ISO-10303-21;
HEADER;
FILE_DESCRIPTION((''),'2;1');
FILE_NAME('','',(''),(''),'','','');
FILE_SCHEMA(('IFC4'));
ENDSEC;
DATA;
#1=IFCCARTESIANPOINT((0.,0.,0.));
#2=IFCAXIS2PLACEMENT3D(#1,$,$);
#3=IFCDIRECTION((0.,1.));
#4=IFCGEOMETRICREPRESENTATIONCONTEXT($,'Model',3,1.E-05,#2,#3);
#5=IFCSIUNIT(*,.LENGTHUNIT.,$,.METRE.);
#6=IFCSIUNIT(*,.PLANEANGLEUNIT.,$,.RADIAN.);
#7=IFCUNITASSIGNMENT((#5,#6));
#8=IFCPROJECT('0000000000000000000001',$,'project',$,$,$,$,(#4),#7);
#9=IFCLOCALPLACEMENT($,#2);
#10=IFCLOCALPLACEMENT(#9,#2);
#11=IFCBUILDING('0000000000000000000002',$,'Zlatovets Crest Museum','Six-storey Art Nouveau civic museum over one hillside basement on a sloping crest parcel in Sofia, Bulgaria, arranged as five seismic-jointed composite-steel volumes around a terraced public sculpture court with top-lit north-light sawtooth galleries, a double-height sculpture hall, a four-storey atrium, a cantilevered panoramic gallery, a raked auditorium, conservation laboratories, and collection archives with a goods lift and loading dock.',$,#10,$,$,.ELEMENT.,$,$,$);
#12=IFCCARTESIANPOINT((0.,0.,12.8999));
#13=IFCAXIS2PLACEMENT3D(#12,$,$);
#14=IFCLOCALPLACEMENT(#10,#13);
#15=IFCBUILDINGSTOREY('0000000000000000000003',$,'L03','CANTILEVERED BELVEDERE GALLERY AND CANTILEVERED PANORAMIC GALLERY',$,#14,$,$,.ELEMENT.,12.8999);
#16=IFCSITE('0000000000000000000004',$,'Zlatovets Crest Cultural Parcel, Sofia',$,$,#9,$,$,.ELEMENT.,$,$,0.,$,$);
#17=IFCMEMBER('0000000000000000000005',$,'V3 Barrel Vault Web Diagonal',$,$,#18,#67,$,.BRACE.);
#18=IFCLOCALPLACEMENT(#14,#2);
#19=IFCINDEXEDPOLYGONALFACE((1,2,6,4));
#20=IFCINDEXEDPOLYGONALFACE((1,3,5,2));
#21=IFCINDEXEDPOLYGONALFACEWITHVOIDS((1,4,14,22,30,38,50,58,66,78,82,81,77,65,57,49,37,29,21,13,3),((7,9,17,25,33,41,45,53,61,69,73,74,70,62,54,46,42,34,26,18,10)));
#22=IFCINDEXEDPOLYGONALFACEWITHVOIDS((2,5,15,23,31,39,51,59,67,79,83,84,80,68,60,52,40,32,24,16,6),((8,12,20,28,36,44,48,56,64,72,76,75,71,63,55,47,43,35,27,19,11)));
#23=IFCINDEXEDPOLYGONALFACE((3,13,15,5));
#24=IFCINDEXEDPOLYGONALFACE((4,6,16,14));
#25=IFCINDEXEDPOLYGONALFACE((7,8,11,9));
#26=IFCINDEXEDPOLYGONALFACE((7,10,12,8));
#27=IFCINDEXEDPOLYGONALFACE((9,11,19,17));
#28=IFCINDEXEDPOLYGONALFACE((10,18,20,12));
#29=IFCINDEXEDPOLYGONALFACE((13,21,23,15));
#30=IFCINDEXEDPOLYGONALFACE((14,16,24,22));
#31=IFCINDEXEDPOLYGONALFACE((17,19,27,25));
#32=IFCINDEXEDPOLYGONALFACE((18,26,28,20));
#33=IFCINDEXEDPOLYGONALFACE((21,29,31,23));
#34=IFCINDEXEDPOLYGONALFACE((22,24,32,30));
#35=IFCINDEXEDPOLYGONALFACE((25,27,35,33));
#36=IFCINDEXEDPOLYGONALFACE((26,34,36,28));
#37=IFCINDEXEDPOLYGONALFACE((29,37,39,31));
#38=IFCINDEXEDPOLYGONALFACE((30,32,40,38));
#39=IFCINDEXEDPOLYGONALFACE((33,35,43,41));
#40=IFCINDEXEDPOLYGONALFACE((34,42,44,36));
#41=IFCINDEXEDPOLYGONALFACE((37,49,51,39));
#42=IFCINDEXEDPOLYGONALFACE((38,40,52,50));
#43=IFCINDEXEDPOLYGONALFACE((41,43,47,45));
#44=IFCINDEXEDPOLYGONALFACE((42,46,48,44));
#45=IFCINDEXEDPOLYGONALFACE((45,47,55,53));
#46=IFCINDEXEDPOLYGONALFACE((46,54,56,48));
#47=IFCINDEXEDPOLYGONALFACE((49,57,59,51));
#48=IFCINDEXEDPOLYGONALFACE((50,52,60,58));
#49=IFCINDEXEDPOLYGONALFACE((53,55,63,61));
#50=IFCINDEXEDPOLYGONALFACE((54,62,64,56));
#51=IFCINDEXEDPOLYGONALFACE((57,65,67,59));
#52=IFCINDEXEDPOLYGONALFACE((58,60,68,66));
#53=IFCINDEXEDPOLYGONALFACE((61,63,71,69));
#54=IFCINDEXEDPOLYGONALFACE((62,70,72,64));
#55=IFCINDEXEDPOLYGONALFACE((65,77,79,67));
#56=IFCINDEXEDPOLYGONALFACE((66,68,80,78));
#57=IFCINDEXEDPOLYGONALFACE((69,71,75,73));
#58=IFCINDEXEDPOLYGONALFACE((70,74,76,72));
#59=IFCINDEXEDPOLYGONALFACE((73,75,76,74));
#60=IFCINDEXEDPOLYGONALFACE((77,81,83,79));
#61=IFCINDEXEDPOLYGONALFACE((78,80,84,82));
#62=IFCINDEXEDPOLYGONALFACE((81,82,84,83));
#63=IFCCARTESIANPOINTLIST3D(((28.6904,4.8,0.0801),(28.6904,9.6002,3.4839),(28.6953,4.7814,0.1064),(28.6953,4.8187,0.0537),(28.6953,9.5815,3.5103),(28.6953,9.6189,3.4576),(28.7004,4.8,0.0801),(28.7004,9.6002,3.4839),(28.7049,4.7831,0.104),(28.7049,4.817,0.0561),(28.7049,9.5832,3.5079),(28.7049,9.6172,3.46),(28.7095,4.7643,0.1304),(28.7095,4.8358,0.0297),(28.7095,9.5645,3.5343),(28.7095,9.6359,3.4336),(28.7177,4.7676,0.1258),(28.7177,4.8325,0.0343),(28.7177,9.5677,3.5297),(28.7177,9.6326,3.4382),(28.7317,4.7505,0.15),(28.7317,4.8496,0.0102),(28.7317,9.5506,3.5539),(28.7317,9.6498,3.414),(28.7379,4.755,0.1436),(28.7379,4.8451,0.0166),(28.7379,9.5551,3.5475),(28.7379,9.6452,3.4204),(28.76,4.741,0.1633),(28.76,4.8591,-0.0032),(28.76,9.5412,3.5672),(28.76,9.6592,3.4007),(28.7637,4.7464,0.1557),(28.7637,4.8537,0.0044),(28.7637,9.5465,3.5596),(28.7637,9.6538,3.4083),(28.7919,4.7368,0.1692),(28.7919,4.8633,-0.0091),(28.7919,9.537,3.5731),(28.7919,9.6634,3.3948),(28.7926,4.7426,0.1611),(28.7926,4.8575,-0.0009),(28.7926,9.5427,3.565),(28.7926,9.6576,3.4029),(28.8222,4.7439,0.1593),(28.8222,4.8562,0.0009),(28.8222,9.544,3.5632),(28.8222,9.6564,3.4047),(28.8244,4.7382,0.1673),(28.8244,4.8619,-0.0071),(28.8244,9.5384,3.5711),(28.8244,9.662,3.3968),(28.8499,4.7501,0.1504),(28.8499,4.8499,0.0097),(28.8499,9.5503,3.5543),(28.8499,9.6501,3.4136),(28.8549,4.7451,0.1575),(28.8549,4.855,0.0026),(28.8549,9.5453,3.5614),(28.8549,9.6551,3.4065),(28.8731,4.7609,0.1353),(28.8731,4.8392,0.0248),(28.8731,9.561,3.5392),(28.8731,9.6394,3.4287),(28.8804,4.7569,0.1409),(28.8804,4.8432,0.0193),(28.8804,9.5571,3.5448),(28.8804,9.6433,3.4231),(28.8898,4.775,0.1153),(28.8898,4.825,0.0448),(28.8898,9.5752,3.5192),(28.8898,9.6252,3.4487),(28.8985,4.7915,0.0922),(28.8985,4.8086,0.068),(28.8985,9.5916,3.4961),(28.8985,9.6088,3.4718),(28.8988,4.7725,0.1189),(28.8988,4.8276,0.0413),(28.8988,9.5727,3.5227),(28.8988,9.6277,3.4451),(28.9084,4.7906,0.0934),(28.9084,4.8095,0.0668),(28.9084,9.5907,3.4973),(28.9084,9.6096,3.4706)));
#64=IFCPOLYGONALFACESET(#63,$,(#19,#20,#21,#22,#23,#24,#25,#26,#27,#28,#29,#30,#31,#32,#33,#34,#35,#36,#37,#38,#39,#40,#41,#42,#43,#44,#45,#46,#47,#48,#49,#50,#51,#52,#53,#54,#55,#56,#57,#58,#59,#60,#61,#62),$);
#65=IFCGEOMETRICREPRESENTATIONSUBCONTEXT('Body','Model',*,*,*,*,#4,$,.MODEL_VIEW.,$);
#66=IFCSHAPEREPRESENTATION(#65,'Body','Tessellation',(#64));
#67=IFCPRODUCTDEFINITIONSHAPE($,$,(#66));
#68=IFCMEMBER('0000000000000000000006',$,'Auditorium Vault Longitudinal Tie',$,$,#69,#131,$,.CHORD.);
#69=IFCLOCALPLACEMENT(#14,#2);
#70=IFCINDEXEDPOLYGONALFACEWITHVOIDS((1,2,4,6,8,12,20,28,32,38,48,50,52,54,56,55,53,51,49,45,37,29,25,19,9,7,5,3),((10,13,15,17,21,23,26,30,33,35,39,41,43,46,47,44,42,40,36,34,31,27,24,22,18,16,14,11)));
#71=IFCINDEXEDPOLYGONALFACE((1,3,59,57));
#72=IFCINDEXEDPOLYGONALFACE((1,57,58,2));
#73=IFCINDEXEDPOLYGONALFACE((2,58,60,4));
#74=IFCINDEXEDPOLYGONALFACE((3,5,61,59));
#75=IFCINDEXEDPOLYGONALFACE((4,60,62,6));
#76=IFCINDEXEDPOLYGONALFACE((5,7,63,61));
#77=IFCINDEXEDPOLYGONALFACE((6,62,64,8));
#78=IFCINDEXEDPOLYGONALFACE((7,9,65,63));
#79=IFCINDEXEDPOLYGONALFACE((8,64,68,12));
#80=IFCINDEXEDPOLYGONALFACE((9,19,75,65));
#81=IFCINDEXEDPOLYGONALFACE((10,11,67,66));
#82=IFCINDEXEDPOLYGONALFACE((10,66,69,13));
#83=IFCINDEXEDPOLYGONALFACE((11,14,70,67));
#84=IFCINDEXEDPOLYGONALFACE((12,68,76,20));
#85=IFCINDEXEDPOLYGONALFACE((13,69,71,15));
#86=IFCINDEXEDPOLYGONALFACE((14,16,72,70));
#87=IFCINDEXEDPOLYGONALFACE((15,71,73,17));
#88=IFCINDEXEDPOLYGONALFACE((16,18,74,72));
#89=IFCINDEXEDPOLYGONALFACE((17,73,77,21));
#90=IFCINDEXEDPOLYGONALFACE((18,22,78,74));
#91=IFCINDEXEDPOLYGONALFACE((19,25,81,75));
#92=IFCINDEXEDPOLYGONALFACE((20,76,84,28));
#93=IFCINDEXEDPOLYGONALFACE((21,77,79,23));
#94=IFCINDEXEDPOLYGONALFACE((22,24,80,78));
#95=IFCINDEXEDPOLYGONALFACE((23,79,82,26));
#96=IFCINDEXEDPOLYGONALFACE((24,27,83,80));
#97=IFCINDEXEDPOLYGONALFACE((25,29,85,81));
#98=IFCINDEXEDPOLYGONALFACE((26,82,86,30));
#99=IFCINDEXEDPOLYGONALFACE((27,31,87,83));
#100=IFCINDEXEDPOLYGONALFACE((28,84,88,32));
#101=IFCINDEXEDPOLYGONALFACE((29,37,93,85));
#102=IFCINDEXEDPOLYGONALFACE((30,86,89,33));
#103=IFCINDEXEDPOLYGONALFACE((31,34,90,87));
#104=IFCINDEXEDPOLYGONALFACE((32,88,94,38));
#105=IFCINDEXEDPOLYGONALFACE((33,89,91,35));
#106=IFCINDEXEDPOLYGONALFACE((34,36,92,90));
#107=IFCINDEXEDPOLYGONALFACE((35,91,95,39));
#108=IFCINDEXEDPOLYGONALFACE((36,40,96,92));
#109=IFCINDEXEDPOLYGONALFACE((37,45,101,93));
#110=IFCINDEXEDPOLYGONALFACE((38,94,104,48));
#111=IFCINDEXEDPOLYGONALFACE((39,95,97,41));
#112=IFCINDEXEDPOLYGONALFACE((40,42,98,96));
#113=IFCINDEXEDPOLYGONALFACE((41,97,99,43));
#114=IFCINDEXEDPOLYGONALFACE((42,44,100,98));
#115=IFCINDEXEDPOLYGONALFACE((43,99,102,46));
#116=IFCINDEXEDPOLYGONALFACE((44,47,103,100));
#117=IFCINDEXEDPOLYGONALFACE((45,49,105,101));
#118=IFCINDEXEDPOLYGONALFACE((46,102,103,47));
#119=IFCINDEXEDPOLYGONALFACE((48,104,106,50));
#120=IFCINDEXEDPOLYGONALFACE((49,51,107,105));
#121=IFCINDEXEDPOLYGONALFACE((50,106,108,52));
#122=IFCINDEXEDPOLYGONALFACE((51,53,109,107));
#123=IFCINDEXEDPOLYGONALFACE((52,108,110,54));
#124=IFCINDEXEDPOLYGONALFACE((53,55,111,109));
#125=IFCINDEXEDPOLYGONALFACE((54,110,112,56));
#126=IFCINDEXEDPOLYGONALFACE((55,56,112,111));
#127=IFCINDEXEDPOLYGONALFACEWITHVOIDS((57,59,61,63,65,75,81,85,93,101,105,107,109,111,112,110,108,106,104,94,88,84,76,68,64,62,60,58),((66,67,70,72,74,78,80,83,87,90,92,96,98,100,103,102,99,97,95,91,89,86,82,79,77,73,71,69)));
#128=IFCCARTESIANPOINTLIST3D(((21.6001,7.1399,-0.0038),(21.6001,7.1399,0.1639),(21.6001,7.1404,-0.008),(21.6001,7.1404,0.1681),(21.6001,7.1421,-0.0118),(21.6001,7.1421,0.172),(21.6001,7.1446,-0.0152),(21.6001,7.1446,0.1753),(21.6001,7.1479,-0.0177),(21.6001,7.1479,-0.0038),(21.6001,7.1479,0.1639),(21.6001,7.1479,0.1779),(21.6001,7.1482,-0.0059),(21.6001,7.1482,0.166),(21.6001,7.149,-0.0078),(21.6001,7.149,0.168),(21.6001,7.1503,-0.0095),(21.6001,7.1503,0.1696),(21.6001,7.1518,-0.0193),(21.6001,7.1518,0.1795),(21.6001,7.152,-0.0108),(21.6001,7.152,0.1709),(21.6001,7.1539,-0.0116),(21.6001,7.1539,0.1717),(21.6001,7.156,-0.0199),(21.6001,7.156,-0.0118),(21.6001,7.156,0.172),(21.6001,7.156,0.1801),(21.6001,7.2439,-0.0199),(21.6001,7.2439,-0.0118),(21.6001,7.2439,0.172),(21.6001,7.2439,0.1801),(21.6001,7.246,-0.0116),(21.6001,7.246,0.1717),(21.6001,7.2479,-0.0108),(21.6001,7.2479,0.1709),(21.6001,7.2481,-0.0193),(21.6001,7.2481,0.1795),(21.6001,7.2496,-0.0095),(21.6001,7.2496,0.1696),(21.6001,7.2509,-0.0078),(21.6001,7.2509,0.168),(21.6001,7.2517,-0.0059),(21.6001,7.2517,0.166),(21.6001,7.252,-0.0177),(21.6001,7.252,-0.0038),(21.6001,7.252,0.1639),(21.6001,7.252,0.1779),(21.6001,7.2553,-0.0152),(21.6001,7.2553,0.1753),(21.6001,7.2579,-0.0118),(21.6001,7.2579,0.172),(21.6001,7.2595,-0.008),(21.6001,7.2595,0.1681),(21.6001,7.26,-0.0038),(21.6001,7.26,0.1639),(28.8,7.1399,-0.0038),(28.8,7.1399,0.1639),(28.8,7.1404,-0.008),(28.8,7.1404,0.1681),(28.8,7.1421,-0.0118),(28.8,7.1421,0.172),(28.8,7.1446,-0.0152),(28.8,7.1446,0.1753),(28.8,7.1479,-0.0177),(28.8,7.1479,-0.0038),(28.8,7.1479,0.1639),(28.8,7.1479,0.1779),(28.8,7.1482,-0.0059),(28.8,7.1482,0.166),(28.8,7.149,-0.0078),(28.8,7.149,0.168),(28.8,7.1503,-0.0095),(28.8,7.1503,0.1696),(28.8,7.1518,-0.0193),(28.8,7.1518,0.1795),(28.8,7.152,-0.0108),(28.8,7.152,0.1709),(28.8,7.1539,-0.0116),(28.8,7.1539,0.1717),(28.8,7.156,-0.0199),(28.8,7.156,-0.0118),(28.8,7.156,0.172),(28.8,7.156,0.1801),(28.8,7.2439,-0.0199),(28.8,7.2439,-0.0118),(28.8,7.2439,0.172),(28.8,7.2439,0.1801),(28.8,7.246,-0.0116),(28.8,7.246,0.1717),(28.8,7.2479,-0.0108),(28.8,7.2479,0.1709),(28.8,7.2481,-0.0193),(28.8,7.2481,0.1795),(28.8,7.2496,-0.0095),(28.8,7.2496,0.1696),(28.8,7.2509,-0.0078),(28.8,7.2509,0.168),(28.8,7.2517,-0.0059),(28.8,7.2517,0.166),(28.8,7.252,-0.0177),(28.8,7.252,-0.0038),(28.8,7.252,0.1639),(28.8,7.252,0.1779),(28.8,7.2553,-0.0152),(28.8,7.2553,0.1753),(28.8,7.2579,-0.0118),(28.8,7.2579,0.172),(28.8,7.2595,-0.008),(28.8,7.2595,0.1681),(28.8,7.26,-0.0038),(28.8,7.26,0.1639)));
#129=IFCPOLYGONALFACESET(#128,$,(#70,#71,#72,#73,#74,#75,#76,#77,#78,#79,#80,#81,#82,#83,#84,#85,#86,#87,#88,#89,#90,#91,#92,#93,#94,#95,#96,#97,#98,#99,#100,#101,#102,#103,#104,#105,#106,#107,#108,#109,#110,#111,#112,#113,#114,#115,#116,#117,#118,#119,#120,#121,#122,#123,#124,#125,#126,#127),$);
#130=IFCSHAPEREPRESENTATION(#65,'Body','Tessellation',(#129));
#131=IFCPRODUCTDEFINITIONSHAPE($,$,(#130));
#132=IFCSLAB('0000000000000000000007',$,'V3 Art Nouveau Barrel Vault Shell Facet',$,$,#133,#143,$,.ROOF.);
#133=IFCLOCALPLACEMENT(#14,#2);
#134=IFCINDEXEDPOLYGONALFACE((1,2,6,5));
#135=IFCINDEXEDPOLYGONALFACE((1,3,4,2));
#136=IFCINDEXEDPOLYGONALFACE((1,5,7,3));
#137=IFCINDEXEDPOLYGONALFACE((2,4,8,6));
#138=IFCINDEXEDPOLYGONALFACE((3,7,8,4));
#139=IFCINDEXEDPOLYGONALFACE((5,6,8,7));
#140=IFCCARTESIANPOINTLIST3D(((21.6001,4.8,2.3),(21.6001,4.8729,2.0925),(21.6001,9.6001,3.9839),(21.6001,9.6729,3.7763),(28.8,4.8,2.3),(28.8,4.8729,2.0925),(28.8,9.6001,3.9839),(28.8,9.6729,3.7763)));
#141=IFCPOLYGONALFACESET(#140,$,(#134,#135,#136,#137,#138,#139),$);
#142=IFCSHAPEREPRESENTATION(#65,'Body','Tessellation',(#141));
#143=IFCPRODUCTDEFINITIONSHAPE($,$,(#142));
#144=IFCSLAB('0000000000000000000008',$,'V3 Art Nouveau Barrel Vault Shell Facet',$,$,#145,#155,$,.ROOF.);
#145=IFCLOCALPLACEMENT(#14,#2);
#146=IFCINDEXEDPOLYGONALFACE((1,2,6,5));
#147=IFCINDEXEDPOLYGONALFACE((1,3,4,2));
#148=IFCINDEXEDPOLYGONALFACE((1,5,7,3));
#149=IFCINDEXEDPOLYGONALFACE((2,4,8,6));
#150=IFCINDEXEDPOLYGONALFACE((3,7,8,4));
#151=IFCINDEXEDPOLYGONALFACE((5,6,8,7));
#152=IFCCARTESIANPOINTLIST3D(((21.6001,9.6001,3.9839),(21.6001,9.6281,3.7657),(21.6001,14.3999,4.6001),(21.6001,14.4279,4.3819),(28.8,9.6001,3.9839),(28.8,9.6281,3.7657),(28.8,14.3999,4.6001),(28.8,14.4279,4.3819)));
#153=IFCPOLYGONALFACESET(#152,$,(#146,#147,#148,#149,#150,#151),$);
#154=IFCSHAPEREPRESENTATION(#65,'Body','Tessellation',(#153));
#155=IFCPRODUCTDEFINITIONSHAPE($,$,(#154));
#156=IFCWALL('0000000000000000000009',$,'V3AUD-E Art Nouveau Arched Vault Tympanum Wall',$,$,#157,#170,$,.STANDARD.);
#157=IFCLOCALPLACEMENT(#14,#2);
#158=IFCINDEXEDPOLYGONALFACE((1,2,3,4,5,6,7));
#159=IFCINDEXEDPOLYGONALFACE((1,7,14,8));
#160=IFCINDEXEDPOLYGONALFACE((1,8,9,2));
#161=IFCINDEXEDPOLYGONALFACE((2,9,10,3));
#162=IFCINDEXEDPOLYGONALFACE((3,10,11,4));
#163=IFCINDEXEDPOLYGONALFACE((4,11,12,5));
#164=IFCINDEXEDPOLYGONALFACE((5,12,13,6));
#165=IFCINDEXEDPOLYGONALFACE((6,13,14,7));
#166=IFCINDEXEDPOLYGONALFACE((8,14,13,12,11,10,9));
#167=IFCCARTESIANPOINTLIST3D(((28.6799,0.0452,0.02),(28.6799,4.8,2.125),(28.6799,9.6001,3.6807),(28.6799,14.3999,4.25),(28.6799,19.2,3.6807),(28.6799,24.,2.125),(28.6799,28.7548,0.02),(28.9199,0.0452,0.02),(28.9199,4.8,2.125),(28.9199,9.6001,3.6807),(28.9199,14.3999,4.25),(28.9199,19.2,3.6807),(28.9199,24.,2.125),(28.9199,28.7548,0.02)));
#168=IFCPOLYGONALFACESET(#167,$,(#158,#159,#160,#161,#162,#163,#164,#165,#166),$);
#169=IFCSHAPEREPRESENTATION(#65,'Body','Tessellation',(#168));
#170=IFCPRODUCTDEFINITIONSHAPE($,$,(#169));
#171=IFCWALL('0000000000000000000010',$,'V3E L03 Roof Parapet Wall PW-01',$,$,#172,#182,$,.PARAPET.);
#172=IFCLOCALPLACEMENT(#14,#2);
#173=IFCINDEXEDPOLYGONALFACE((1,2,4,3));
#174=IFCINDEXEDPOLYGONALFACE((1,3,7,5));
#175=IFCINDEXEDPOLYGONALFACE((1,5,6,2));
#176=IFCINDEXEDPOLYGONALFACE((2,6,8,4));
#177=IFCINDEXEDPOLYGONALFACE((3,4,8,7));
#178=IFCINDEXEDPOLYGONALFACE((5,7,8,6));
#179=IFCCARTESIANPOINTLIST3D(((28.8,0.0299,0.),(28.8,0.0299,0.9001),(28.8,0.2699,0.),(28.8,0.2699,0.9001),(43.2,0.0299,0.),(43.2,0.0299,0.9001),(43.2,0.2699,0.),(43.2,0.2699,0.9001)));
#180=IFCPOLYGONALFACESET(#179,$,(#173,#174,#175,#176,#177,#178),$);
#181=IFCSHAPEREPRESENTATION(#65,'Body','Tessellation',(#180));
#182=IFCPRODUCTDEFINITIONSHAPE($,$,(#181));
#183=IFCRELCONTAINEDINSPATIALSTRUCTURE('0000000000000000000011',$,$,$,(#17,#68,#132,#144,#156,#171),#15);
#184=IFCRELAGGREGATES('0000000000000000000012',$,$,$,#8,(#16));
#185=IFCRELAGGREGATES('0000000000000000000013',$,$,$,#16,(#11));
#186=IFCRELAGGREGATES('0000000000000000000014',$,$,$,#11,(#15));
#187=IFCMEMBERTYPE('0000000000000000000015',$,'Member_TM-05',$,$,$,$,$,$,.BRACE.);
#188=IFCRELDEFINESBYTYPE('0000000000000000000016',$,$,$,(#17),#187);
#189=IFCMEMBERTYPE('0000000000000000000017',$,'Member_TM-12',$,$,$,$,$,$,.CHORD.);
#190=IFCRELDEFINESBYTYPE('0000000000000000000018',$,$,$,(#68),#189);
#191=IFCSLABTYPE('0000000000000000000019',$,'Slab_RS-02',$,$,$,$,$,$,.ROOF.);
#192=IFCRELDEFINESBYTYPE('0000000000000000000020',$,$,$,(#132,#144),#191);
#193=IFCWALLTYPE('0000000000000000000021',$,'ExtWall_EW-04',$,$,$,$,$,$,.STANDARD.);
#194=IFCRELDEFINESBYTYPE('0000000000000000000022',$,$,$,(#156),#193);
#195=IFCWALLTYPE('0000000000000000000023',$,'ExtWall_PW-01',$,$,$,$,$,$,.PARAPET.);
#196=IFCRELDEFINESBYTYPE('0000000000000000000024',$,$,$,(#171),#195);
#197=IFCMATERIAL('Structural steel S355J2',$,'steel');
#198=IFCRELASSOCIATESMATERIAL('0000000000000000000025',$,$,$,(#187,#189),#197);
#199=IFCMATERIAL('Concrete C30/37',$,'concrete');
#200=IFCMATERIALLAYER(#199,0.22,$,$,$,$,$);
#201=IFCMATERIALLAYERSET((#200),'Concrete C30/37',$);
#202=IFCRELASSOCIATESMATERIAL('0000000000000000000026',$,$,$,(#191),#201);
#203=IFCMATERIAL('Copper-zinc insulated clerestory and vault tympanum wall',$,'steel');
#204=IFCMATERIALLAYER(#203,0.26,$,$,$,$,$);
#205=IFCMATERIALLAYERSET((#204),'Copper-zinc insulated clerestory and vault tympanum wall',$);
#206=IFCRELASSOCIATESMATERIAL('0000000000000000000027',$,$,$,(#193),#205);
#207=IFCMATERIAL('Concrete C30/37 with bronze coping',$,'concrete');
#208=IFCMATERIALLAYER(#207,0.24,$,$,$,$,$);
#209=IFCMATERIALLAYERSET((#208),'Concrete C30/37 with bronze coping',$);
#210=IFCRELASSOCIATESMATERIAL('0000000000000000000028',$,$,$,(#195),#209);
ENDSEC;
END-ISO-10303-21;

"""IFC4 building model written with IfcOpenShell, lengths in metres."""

from ifc_helpers import new_model, si_unit, direction, frame, frame_2d, origin, origin_2d, place, context, subcontext, project, spatial, polyline, rectangle, hollow_rectangle, hollow_circle, outline, extrude, material, layer, layer_set, material_profile, profile_set, type_object, element, save


model = new_model("IFC4")

# Units and contexts
model_context = context("Model", 3, precision=1e-05, world=origin(), true_north=direction((0.0, 1.0)))
body_context = subcontext(model_context, "Body", "Model", "MODEL_VIEW")
ifc_project = project(units=[si_unit("LENGTHUNIT", "METRE"), si_unit("PLANEANGLEUNIT", "RADIAN")], contexts=[model_context])

# Site, building, storey
site_placement = place(None, origin())
site = spatial("IfcSite", under=ifc_project, at=site_placement, Name="Zlatovets Crest Cultural Parcel, Sofia", CompositionType="ELEMENT", RefElevation=0.0)
building_placement = place(site_placement, origin())
building = spatial("IfcBuilding", under=site, at=building_placement, Name="Zlatovets Crest Museum", Description="Six-storey Art Nouveau civic museum over one hillside basement on a sloping crest parcel in Sofia, Bulgaria, arranged as five seismic-jointed composite-steel volumes around a terraced public sculpture court with top-lit north-light sawtooth galleries, a double-height sculpture hall, a four-storey atrium, a cantilevered panoramic gallery, a raked auditorium, conservation laboratories, and collection archives with a goods lift and loading dock.", CompositionType="ELEMENT")
storey_placement = place(building_placement, frame((0.0, 0.0, 12.8999)))
storey = spatial("IfcBuildingStorey", under=building, at=storey_placement, Name="L03", Description="CANTILEVERED BELVEDERE GALLERY AND CANTILEVERED PANORAMIC GALLERY", CompositionType="ELEMENT", Elevation=12.8999)

# Shared definitions
ifc_material_1 = material(Name="Structural steel S355J2", Category="steel")

# Members
ifc_material_profile_1 = material_profile(ifc_material_1, hollow_circle(Radius=0.1096, WallThickness=0.01, at=origin_2d()), Name="CHS 219.1x10.0")
ifc_profile_set_1 = profile_set([ifc_material_profile_1], Name="Structural steel S355J2")
member_type_1 = type_object("IfcMemberType", Name="Member_TM-05", PredefinedType="BRACE", material=ifc_profile_set_1)
member_1_placement = place(storey_placement, frame((28.8, 4.8, 0.0801), z_axis=(0.0, 0.815722, 0.578444), x_axis=(-1.0, 0.0, 0.0)))
element("IfcMember", 1, at=member_1_placement, inside=storey, type_object=member_type_1, Name="V3 Barrel Vault Web Diagonal", PredefinedType="BRACE", context=body_context, shape_type="SweptSolid", body=[
    extrude(hollow_circle(Radius=0.1096, WallThickness=0.01, at=origin_2d()), origin(), (0.0, 0.0, 1.0), 5.8845),
])
ifc_material_profile_2 = material_profile(ifc_material_1, hollow_rectangle(XDim=0.1201, YDim=0.2, WallThickness=0.0081, InnerFilletRadius=0.0081, OuterFilletRadius=0.0161, at=origin_2d()), Name="RHS 120x200x8.0")
ifc_profile_set_2 = profile_set([ifc_material_profile_2], Name="Structural steel S355J2")
member_type_2 = type_object("IfcMemberType", Name="Member_TM-12", PredefinedType="CHORD", material=ifc_profile_set_2)
member_2_placement = place(storey_placement, frame((21.6001, 7.2, 0.0801), z_axis=(1.0, 0.0, 0.0), x_axis=(0.0, 1.0, 0.0)))
element("IfcMember", 2, at=member_2_placement, inside=storey, type_object=member_type_2, Name="Auditorium Vault Longitudinal Tie", PredefinedType="CHORD", context=body_context, shape_type="SweptSolid", body=[
    extrude(hollow_rectangle(XDim=0.1201, YDim=0.2, WallThickness=0.0081, InnerFilletRadius=0.0081, OuterFilletRadius=0.0161, at=origin_2d()), origin(), (0.0, 0.0, 1.0), 7.2),
])

# Slabs
ifc_material_2 = material(Name="Concrete C30/37", Category="concrete")
ifc_layer_1 = layer(ifc_material_2, 0.22)
ifc_layer_set_1 = layer_set([ifc_layer_1], Name="Concrete C30/37")
slab_type = type_object("IfcSlabType", Name="Slab_RS-02", PredefinedType="ROOF", material=ifc_layer_set_1)
slab_1_placement = place(storey_placement, frame((21.6001, 4.8, 2.3), z_axis=(0.0, -0.331019, 0.943624), x_axis=(1.0, 0.0, 0.0)))
element("IfcSlab", 3, at=slab_1_placement, inside=storey, type_object=slab_type, Name="V3 Art Nouveau Barrel Vault Shell Facet", PredefinedType="ROOF", context=body_context, shape_type="SweptSolid", body=[
    extrude(outline(polyline([(0.0, 0.0), (7.2, 0.0), (7.2, 5.0868), (0.0, 5.0868), (0.0, 0.0)])), origin(), (0.0, 0.0, -1.0), 0.22),
])
slab_2_placement = place(storey_placement, frame((21.6001, 9.6001, 3.9839), z_axis=(0.0, -0.127337, 0.991859), x_axis=(1.0, 0.0, 0.0)))
element("IfcSlab", 4, at=slab_2_placement, inside=storey, type_object=slab_type, Name="V3 Art Nouveau Barrel Vault Shell Facet", PredefinedType="ROOF", context=body_context, shape_type="SweptSolid", body=[
    extrude(outline(polyline([(0.0, 0.0), (7.2, 0.0), (7.2, 4.8392), (0.0, 4.8392), (0.0, 0.0)])), origin(), (0.0, 0.0, -1.0), 0.22),
])

# Walls
ifc_material_3 = material(Name="Copper-zinc insulated clerestory and vault tympanum wall", Category="steel")
ifc_layer_2 = layer(ifc_material_3, 0.26)
ifc_layer_set_2 = layer_set([ifc_layer_2], Name="Copper-zinc insulated clerestory and vault tympanum wall")
wall_type_1 = type_object("IfcWallType", Name="ExtWall_EW-04", PredefinedType="STANDARD", material=ifc_layer_set_2)
wall_1_placement = place(storey_placement, frame((28.8, 0.0, 0.02), z_axis=(0.0, 0.0, 1.0), x_axis=(0.0, 1.0, 0.0)))
element("IfcWall", 5, at=wall_1_placement, inside=storey, type_object=wall_type_1, Name="V3AUD-E Art Nouveau Arched Vault Tympanum Wall", PredefinedType="STANDARD", context=body_context, shape_type="SweptSolid", body=[
    extrude(outline(polyline([(0.0, 0.0), (28.8, 0.0), (28.8, -0.02), (24.0, 2.105), (19.2, 3.6606), (14.3999, 4.23), (9.6001, 3.6606), (4.8, 2.105), (0.0, -0.02), (0.0, 0.0)])), frame((0.0, 0.1201, 0.0), z_axis=(0.0, -1.0, 0.0), x_axis=(1.0, 0.0, 0.0)), (0.0, 0.0, 1.0), 0.24),
])
ifc_material_4 = material(Name="Concrete C30/37 with bronze coping", Category="concrete")
ifc_layer_3 = layer(ifc_material_4, 0.24)
ifc_layer_set_3 = layer_set([ifc_layer_3], Name="Concrete C30/37 with bronze coping")
wall_type_2 = type_object("IfcWallType", Name="ExtWall_PW-01", PredefinedType="PARAPET", material=ifc_layer_set_3)
wall_2_placement = place(storey_placement, frame((28.8, 0.1499, 0.0), z_axis=(0.0, 0.0, 1.0), x_axis=(1.0, 0.0, 0.0)))
element("IfcWall", 6, at=wall_2_placement, inside=storey, type_object=wall_type_2, Name="V3E L03 Roof Parapet Wall PW-01", PredefinedType="PARAPET", context=body_context, shape_type="SweptSolid", body=[
    extrude(rectangle(XDim=14.3999, YDim=0.24, at=frame_2d((7.2, 0.0))), origin(), (0.0, 0.0, 1.0), 0.9001),
])

save(model, "model.ifc")
